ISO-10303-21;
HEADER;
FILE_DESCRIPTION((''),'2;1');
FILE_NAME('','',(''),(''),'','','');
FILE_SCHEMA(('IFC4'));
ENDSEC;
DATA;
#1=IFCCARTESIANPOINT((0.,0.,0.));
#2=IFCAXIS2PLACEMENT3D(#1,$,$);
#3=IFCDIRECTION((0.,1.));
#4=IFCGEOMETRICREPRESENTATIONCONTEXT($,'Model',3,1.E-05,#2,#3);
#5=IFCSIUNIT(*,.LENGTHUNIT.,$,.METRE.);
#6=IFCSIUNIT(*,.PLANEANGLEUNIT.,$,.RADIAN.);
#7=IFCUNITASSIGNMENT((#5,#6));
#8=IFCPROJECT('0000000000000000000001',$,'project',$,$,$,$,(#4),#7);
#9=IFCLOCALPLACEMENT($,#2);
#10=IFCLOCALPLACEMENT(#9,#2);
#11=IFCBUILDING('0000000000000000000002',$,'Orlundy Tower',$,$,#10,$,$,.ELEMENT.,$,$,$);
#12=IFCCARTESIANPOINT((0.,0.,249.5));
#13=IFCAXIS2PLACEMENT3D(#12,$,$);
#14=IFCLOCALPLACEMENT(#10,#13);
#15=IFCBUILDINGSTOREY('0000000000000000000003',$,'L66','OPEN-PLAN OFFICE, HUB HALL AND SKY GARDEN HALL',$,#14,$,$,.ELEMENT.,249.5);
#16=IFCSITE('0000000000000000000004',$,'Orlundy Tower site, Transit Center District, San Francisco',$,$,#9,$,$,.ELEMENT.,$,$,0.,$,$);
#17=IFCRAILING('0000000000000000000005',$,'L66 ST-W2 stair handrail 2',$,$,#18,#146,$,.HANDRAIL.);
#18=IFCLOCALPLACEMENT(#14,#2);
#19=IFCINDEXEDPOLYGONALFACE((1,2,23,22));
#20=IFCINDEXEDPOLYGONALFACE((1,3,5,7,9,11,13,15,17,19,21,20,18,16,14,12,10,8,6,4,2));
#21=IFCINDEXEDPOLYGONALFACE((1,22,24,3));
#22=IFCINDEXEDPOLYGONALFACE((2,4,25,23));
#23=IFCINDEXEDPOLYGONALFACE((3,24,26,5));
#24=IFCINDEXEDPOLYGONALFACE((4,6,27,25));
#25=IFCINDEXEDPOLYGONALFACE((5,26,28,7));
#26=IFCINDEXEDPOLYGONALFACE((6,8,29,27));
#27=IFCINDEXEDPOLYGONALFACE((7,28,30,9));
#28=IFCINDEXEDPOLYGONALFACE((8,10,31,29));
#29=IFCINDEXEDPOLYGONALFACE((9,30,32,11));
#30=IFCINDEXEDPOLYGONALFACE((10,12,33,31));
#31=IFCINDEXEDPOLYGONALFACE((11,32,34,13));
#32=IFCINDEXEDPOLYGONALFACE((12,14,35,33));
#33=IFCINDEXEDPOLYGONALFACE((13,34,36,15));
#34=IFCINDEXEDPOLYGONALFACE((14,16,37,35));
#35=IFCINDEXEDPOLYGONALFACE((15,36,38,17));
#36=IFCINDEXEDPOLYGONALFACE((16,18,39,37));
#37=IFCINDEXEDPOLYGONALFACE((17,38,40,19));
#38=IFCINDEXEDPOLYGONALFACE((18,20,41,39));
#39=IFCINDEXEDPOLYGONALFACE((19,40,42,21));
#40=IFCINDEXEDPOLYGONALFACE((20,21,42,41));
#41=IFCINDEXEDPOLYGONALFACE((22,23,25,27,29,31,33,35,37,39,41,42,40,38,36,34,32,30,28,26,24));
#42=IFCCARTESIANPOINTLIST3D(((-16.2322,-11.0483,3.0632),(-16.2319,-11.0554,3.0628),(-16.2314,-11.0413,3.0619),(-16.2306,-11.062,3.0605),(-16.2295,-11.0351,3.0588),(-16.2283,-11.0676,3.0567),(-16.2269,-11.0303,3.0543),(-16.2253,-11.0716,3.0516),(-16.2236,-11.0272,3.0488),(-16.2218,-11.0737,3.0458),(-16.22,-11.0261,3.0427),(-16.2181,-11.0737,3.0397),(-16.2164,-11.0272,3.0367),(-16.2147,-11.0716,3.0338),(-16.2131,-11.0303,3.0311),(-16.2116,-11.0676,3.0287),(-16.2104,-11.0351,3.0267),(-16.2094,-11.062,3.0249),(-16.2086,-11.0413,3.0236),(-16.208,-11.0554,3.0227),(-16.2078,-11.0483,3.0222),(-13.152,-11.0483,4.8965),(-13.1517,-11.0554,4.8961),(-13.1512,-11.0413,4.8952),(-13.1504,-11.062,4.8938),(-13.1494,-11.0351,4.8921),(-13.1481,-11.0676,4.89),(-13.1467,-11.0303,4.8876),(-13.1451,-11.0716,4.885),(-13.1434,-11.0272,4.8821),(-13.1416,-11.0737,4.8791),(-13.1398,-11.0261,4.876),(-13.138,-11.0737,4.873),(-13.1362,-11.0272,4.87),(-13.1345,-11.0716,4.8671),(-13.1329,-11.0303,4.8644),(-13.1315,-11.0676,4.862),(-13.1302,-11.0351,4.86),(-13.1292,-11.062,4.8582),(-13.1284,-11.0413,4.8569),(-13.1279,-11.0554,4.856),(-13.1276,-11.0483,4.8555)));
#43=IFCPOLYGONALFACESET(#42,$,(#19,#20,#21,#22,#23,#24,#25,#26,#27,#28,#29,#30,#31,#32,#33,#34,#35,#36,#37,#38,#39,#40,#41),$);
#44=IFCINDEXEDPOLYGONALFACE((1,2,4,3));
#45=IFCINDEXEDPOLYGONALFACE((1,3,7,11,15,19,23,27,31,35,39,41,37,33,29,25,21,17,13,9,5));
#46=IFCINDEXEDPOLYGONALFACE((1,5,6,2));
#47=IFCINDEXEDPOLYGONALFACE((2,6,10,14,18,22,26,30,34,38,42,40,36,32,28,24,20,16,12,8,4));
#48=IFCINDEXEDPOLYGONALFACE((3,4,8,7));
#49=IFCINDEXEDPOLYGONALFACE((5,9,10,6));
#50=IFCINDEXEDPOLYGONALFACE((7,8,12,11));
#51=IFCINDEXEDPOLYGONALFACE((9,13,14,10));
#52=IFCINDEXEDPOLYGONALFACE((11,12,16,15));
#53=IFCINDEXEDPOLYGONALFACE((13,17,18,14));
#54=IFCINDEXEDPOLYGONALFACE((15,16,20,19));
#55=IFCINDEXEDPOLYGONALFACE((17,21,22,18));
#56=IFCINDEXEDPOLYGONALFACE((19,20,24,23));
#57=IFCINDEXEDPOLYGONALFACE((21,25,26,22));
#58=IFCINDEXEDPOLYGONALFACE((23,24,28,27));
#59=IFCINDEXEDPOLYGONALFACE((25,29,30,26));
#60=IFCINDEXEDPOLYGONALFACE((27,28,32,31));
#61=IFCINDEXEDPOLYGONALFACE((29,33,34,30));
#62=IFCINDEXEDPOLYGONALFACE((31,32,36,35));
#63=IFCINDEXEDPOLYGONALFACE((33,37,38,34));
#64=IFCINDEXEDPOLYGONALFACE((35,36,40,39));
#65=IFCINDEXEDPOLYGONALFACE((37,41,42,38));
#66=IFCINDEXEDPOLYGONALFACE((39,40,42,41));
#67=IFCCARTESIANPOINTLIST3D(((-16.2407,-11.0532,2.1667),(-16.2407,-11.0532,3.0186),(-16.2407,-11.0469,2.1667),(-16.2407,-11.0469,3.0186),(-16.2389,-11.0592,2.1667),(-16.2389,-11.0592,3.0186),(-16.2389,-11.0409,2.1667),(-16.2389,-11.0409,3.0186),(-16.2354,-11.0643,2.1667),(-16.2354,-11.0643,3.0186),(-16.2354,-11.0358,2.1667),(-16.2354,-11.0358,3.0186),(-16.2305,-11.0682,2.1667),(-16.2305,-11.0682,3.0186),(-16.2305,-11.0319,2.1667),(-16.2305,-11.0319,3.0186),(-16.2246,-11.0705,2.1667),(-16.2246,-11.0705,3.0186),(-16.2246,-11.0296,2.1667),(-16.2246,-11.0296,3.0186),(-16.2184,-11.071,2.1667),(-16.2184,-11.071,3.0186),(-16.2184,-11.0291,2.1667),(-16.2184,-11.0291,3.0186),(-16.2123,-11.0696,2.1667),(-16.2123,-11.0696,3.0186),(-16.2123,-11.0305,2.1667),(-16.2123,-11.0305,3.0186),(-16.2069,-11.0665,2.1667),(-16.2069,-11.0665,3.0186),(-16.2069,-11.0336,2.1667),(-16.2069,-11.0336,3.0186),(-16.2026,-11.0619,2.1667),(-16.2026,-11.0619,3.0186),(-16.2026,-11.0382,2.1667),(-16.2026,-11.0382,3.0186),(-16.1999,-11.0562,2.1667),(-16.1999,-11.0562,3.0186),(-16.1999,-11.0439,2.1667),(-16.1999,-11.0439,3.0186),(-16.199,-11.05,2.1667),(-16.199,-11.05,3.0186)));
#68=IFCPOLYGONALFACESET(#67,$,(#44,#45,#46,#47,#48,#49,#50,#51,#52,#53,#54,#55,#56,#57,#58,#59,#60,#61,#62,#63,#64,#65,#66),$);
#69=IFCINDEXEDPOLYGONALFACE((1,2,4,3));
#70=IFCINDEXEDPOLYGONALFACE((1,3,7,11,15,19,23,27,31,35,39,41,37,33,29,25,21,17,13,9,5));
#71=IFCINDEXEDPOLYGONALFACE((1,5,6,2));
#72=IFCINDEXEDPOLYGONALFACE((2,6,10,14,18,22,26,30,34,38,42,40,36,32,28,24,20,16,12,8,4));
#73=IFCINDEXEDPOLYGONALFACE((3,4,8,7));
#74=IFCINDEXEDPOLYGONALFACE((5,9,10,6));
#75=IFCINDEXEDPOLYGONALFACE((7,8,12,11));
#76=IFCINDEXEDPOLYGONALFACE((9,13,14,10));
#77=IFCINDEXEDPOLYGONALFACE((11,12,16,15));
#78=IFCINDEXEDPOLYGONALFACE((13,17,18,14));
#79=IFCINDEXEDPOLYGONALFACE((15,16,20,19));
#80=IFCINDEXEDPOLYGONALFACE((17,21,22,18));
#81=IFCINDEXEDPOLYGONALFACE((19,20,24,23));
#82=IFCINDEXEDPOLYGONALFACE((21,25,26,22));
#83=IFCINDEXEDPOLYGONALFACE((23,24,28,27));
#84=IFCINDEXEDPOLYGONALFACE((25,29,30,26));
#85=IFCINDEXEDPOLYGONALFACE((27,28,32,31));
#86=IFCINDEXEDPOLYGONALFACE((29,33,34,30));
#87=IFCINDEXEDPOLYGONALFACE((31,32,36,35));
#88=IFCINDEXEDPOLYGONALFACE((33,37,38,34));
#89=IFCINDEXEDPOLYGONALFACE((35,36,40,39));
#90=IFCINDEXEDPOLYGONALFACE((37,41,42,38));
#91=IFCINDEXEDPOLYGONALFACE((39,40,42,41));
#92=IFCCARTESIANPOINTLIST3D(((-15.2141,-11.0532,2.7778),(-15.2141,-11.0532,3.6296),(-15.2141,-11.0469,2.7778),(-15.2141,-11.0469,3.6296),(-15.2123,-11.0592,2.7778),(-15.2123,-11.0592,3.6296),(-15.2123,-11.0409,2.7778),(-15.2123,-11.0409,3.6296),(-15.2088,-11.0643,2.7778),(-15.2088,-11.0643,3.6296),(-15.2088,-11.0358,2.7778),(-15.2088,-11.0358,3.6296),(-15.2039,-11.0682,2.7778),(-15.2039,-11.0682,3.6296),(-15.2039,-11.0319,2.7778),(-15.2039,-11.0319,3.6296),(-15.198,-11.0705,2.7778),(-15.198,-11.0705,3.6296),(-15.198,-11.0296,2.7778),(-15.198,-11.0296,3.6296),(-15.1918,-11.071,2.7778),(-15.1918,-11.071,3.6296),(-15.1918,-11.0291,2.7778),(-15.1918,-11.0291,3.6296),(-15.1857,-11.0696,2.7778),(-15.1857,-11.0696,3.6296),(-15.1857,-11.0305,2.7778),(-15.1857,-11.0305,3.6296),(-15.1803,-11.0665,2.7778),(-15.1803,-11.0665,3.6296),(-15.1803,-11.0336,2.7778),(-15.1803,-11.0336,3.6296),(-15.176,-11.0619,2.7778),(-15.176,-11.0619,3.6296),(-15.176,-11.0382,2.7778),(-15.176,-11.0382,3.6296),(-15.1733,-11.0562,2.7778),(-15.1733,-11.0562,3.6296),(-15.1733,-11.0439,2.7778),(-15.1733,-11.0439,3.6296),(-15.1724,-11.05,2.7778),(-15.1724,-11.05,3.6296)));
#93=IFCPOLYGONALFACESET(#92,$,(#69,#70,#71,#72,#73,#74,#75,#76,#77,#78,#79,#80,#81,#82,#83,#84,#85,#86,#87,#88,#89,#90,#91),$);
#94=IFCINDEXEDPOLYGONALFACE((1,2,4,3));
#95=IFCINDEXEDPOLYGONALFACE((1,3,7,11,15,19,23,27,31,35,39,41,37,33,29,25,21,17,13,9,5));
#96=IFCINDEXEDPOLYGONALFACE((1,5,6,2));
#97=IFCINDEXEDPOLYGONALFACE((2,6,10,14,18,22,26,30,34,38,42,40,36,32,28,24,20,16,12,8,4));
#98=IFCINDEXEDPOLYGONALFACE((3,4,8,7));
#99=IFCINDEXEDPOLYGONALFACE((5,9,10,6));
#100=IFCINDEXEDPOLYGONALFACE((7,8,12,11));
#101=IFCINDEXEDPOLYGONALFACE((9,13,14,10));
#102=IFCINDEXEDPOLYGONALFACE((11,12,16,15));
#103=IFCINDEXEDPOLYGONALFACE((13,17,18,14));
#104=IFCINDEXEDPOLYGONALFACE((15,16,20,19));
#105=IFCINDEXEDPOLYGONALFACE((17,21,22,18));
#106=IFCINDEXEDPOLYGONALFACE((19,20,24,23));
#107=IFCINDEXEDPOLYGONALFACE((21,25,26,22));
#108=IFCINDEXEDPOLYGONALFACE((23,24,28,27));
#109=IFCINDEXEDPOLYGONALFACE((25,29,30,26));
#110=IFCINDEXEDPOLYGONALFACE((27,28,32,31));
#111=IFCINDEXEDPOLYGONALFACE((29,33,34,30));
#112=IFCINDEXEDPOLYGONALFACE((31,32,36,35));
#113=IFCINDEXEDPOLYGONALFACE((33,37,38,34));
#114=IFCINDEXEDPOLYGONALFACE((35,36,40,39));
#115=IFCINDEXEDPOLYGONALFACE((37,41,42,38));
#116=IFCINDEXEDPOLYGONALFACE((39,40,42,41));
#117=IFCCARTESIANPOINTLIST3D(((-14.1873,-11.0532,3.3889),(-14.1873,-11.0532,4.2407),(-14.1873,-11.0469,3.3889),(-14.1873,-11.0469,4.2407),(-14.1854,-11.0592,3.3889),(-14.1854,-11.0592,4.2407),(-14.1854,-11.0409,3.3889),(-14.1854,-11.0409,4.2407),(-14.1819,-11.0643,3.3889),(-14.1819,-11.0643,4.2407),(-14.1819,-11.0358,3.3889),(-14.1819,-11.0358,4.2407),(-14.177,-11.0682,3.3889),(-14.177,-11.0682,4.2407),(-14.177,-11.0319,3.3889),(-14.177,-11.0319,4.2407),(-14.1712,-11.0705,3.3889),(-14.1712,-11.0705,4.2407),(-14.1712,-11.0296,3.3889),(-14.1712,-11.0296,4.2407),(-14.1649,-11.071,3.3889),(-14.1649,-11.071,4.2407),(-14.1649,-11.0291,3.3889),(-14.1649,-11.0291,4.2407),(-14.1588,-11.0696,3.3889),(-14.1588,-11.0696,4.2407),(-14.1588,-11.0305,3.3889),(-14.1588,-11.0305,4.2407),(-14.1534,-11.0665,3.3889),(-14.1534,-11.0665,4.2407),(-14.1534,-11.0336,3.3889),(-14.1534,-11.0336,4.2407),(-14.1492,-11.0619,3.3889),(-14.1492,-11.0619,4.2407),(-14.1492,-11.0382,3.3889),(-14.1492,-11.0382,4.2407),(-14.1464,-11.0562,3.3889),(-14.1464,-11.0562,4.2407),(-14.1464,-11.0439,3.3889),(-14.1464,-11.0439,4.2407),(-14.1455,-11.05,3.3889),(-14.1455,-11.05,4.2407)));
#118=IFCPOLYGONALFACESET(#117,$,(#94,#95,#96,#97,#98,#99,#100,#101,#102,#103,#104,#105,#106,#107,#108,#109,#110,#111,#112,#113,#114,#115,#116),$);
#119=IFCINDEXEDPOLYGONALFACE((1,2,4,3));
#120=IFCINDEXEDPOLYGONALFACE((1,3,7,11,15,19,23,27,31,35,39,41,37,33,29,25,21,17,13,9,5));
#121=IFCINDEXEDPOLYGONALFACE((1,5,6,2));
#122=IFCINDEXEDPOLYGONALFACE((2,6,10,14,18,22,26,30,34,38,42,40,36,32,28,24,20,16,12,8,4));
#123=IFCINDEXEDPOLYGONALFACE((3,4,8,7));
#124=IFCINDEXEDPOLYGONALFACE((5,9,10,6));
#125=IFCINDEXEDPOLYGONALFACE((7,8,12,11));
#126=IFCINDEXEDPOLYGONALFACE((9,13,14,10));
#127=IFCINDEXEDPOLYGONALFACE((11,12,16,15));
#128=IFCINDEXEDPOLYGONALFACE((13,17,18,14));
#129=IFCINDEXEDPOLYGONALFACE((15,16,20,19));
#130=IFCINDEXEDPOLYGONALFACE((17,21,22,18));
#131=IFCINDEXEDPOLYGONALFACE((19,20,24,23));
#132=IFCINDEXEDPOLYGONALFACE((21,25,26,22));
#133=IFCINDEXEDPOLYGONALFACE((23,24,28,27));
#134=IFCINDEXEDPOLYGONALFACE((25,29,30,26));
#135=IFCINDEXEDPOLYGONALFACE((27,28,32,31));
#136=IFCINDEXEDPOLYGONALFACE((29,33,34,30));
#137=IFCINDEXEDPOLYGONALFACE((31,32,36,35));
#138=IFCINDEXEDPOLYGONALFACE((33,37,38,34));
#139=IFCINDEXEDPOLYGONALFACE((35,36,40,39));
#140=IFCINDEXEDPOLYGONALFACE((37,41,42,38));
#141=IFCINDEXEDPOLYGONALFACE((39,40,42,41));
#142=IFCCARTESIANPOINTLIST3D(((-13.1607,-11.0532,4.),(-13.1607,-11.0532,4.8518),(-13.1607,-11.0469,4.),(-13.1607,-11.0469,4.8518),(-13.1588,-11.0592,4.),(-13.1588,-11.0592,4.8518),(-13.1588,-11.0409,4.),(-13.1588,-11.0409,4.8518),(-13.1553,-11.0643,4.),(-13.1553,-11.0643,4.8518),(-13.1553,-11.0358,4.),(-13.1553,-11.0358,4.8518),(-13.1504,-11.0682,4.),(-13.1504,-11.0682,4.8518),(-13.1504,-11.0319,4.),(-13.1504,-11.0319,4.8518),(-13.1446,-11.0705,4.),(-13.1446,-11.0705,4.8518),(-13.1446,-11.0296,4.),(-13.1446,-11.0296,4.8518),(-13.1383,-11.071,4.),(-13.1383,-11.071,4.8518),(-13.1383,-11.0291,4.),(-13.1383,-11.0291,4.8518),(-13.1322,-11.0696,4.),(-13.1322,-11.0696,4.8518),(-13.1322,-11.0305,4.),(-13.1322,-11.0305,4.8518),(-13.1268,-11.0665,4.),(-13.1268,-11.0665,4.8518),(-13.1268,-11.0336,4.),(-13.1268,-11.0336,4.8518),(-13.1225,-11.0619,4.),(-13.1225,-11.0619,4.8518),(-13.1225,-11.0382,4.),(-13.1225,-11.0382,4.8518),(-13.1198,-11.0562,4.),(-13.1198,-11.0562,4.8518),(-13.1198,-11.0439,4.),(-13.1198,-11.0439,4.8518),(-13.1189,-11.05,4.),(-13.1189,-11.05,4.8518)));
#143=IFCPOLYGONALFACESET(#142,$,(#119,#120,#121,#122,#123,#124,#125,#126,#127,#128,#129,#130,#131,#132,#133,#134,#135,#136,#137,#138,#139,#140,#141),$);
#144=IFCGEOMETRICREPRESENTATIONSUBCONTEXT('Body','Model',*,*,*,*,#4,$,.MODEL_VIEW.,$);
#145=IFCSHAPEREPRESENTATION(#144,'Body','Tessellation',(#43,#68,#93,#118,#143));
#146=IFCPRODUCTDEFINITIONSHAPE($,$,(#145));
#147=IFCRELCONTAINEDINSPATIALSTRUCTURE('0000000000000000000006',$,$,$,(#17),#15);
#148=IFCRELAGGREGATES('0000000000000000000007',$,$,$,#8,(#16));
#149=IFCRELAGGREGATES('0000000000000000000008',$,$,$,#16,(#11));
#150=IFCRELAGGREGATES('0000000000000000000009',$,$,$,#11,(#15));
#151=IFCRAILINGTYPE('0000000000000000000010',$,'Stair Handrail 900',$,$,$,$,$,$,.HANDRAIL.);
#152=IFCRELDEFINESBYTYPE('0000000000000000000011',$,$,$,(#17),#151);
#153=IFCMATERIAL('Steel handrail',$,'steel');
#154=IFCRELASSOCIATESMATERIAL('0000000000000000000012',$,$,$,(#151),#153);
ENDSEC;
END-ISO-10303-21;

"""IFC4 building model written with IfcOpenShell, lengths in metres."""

from ifc_helpers import new_model, si_unit, direction, frame, origin, origin_2d, place, context, subcontext, project, spatial, circle, extrude, material, type_object, element, save


model = new_model("IFC4")

# Units and contexts
model_context = context("Model", 3, precision=1e-05, world=origin(), true_north=direction((0.0, 1.0)))
body_context = subcontext(model_context, "Body", "Model", "MODEL_VIEW")
ifc_project = project(units=[si_unit("LENGTHUNIT", "METRE"), si_unit("PLANEANGLEUNIT", "RADIAN")], contexts=[model_context])

# Site, building, storey
site_placement = place(None, origin())
site = spatial("IfcSite", under=ifc_project, at=site_placement, Name="Orlundy Tower site, Transit Center District, San Francisco", CompositionType="ELEMENT", RefElevation=0.0)
building_placement = place(site_placement, origin())
building = spatial("IfcBuilding", under=site, at=building_placement, Name="Orlundy Tower", CompositionType="ELEMENT")
storey_placement = place(building_placement, frame((0.0, 0.0, 249.5)))
storey = spatial("IfcBuildingStorey", under=building, at=storey_placement, Name="L66", Description="OPEN-PLAN OFFICE, HUB HALL AND SKY GARDEN HALL", CompositionType="ELEMENT", Elevation=249.5)

# Railing
ifc_material_1 = material(Name="Steel handrail", Category="steel")
railing_type_1 = type_object("IfcRailingType", Name="Stair Handrail 900", PredefinedType="HANDRAIL", material=ifc_material_1)
railing_1_placement = place(storey_placement, frame((-16.22, -11.05, 2.1667)))
element("IfcRailing", 1, at=railing_1_placement, inside=storey, type_object=railing_type_1, Name="L66 ST-W2 stair handrail 2", PredefinedType="HANDRAIL", context=body_context, shape_type="SweptSolid", body=[
    extrude(circle(Radius=0.0239, at=origin_2d()), frame((0.0, 0.0, 0.876), z_axis=(0.859309, 0.0, 0.511458), x_axis=(0.0, 1.0, 0.0)), (0.0, 0.0, 1.0), 3.5845),
    extrude(circle(Radius=0.021, at=origin_2d()), origin(), (0.0, 0.0, 1.0), 0.8518),
    extrude(circle(Radius=0.021, at=origin_2d()), frame((1.0266, 0.0, 0.6111)), (0.0, 0.0, 1.0), 0.8518),
    extrude(circle(Radius=0.021, at=origin_2d()), frame((2.0535, 0.0, 1.2222)), (0.0, 0.0, 1.0), 0.8518),
    extrude(circle(Radius=0.021, at=origin_2d()), frame((3.0801, 0.0, 1.8333)), (0.0, 0.0, 1.0), 0.8518),
])

save(model, "model.ifc")
